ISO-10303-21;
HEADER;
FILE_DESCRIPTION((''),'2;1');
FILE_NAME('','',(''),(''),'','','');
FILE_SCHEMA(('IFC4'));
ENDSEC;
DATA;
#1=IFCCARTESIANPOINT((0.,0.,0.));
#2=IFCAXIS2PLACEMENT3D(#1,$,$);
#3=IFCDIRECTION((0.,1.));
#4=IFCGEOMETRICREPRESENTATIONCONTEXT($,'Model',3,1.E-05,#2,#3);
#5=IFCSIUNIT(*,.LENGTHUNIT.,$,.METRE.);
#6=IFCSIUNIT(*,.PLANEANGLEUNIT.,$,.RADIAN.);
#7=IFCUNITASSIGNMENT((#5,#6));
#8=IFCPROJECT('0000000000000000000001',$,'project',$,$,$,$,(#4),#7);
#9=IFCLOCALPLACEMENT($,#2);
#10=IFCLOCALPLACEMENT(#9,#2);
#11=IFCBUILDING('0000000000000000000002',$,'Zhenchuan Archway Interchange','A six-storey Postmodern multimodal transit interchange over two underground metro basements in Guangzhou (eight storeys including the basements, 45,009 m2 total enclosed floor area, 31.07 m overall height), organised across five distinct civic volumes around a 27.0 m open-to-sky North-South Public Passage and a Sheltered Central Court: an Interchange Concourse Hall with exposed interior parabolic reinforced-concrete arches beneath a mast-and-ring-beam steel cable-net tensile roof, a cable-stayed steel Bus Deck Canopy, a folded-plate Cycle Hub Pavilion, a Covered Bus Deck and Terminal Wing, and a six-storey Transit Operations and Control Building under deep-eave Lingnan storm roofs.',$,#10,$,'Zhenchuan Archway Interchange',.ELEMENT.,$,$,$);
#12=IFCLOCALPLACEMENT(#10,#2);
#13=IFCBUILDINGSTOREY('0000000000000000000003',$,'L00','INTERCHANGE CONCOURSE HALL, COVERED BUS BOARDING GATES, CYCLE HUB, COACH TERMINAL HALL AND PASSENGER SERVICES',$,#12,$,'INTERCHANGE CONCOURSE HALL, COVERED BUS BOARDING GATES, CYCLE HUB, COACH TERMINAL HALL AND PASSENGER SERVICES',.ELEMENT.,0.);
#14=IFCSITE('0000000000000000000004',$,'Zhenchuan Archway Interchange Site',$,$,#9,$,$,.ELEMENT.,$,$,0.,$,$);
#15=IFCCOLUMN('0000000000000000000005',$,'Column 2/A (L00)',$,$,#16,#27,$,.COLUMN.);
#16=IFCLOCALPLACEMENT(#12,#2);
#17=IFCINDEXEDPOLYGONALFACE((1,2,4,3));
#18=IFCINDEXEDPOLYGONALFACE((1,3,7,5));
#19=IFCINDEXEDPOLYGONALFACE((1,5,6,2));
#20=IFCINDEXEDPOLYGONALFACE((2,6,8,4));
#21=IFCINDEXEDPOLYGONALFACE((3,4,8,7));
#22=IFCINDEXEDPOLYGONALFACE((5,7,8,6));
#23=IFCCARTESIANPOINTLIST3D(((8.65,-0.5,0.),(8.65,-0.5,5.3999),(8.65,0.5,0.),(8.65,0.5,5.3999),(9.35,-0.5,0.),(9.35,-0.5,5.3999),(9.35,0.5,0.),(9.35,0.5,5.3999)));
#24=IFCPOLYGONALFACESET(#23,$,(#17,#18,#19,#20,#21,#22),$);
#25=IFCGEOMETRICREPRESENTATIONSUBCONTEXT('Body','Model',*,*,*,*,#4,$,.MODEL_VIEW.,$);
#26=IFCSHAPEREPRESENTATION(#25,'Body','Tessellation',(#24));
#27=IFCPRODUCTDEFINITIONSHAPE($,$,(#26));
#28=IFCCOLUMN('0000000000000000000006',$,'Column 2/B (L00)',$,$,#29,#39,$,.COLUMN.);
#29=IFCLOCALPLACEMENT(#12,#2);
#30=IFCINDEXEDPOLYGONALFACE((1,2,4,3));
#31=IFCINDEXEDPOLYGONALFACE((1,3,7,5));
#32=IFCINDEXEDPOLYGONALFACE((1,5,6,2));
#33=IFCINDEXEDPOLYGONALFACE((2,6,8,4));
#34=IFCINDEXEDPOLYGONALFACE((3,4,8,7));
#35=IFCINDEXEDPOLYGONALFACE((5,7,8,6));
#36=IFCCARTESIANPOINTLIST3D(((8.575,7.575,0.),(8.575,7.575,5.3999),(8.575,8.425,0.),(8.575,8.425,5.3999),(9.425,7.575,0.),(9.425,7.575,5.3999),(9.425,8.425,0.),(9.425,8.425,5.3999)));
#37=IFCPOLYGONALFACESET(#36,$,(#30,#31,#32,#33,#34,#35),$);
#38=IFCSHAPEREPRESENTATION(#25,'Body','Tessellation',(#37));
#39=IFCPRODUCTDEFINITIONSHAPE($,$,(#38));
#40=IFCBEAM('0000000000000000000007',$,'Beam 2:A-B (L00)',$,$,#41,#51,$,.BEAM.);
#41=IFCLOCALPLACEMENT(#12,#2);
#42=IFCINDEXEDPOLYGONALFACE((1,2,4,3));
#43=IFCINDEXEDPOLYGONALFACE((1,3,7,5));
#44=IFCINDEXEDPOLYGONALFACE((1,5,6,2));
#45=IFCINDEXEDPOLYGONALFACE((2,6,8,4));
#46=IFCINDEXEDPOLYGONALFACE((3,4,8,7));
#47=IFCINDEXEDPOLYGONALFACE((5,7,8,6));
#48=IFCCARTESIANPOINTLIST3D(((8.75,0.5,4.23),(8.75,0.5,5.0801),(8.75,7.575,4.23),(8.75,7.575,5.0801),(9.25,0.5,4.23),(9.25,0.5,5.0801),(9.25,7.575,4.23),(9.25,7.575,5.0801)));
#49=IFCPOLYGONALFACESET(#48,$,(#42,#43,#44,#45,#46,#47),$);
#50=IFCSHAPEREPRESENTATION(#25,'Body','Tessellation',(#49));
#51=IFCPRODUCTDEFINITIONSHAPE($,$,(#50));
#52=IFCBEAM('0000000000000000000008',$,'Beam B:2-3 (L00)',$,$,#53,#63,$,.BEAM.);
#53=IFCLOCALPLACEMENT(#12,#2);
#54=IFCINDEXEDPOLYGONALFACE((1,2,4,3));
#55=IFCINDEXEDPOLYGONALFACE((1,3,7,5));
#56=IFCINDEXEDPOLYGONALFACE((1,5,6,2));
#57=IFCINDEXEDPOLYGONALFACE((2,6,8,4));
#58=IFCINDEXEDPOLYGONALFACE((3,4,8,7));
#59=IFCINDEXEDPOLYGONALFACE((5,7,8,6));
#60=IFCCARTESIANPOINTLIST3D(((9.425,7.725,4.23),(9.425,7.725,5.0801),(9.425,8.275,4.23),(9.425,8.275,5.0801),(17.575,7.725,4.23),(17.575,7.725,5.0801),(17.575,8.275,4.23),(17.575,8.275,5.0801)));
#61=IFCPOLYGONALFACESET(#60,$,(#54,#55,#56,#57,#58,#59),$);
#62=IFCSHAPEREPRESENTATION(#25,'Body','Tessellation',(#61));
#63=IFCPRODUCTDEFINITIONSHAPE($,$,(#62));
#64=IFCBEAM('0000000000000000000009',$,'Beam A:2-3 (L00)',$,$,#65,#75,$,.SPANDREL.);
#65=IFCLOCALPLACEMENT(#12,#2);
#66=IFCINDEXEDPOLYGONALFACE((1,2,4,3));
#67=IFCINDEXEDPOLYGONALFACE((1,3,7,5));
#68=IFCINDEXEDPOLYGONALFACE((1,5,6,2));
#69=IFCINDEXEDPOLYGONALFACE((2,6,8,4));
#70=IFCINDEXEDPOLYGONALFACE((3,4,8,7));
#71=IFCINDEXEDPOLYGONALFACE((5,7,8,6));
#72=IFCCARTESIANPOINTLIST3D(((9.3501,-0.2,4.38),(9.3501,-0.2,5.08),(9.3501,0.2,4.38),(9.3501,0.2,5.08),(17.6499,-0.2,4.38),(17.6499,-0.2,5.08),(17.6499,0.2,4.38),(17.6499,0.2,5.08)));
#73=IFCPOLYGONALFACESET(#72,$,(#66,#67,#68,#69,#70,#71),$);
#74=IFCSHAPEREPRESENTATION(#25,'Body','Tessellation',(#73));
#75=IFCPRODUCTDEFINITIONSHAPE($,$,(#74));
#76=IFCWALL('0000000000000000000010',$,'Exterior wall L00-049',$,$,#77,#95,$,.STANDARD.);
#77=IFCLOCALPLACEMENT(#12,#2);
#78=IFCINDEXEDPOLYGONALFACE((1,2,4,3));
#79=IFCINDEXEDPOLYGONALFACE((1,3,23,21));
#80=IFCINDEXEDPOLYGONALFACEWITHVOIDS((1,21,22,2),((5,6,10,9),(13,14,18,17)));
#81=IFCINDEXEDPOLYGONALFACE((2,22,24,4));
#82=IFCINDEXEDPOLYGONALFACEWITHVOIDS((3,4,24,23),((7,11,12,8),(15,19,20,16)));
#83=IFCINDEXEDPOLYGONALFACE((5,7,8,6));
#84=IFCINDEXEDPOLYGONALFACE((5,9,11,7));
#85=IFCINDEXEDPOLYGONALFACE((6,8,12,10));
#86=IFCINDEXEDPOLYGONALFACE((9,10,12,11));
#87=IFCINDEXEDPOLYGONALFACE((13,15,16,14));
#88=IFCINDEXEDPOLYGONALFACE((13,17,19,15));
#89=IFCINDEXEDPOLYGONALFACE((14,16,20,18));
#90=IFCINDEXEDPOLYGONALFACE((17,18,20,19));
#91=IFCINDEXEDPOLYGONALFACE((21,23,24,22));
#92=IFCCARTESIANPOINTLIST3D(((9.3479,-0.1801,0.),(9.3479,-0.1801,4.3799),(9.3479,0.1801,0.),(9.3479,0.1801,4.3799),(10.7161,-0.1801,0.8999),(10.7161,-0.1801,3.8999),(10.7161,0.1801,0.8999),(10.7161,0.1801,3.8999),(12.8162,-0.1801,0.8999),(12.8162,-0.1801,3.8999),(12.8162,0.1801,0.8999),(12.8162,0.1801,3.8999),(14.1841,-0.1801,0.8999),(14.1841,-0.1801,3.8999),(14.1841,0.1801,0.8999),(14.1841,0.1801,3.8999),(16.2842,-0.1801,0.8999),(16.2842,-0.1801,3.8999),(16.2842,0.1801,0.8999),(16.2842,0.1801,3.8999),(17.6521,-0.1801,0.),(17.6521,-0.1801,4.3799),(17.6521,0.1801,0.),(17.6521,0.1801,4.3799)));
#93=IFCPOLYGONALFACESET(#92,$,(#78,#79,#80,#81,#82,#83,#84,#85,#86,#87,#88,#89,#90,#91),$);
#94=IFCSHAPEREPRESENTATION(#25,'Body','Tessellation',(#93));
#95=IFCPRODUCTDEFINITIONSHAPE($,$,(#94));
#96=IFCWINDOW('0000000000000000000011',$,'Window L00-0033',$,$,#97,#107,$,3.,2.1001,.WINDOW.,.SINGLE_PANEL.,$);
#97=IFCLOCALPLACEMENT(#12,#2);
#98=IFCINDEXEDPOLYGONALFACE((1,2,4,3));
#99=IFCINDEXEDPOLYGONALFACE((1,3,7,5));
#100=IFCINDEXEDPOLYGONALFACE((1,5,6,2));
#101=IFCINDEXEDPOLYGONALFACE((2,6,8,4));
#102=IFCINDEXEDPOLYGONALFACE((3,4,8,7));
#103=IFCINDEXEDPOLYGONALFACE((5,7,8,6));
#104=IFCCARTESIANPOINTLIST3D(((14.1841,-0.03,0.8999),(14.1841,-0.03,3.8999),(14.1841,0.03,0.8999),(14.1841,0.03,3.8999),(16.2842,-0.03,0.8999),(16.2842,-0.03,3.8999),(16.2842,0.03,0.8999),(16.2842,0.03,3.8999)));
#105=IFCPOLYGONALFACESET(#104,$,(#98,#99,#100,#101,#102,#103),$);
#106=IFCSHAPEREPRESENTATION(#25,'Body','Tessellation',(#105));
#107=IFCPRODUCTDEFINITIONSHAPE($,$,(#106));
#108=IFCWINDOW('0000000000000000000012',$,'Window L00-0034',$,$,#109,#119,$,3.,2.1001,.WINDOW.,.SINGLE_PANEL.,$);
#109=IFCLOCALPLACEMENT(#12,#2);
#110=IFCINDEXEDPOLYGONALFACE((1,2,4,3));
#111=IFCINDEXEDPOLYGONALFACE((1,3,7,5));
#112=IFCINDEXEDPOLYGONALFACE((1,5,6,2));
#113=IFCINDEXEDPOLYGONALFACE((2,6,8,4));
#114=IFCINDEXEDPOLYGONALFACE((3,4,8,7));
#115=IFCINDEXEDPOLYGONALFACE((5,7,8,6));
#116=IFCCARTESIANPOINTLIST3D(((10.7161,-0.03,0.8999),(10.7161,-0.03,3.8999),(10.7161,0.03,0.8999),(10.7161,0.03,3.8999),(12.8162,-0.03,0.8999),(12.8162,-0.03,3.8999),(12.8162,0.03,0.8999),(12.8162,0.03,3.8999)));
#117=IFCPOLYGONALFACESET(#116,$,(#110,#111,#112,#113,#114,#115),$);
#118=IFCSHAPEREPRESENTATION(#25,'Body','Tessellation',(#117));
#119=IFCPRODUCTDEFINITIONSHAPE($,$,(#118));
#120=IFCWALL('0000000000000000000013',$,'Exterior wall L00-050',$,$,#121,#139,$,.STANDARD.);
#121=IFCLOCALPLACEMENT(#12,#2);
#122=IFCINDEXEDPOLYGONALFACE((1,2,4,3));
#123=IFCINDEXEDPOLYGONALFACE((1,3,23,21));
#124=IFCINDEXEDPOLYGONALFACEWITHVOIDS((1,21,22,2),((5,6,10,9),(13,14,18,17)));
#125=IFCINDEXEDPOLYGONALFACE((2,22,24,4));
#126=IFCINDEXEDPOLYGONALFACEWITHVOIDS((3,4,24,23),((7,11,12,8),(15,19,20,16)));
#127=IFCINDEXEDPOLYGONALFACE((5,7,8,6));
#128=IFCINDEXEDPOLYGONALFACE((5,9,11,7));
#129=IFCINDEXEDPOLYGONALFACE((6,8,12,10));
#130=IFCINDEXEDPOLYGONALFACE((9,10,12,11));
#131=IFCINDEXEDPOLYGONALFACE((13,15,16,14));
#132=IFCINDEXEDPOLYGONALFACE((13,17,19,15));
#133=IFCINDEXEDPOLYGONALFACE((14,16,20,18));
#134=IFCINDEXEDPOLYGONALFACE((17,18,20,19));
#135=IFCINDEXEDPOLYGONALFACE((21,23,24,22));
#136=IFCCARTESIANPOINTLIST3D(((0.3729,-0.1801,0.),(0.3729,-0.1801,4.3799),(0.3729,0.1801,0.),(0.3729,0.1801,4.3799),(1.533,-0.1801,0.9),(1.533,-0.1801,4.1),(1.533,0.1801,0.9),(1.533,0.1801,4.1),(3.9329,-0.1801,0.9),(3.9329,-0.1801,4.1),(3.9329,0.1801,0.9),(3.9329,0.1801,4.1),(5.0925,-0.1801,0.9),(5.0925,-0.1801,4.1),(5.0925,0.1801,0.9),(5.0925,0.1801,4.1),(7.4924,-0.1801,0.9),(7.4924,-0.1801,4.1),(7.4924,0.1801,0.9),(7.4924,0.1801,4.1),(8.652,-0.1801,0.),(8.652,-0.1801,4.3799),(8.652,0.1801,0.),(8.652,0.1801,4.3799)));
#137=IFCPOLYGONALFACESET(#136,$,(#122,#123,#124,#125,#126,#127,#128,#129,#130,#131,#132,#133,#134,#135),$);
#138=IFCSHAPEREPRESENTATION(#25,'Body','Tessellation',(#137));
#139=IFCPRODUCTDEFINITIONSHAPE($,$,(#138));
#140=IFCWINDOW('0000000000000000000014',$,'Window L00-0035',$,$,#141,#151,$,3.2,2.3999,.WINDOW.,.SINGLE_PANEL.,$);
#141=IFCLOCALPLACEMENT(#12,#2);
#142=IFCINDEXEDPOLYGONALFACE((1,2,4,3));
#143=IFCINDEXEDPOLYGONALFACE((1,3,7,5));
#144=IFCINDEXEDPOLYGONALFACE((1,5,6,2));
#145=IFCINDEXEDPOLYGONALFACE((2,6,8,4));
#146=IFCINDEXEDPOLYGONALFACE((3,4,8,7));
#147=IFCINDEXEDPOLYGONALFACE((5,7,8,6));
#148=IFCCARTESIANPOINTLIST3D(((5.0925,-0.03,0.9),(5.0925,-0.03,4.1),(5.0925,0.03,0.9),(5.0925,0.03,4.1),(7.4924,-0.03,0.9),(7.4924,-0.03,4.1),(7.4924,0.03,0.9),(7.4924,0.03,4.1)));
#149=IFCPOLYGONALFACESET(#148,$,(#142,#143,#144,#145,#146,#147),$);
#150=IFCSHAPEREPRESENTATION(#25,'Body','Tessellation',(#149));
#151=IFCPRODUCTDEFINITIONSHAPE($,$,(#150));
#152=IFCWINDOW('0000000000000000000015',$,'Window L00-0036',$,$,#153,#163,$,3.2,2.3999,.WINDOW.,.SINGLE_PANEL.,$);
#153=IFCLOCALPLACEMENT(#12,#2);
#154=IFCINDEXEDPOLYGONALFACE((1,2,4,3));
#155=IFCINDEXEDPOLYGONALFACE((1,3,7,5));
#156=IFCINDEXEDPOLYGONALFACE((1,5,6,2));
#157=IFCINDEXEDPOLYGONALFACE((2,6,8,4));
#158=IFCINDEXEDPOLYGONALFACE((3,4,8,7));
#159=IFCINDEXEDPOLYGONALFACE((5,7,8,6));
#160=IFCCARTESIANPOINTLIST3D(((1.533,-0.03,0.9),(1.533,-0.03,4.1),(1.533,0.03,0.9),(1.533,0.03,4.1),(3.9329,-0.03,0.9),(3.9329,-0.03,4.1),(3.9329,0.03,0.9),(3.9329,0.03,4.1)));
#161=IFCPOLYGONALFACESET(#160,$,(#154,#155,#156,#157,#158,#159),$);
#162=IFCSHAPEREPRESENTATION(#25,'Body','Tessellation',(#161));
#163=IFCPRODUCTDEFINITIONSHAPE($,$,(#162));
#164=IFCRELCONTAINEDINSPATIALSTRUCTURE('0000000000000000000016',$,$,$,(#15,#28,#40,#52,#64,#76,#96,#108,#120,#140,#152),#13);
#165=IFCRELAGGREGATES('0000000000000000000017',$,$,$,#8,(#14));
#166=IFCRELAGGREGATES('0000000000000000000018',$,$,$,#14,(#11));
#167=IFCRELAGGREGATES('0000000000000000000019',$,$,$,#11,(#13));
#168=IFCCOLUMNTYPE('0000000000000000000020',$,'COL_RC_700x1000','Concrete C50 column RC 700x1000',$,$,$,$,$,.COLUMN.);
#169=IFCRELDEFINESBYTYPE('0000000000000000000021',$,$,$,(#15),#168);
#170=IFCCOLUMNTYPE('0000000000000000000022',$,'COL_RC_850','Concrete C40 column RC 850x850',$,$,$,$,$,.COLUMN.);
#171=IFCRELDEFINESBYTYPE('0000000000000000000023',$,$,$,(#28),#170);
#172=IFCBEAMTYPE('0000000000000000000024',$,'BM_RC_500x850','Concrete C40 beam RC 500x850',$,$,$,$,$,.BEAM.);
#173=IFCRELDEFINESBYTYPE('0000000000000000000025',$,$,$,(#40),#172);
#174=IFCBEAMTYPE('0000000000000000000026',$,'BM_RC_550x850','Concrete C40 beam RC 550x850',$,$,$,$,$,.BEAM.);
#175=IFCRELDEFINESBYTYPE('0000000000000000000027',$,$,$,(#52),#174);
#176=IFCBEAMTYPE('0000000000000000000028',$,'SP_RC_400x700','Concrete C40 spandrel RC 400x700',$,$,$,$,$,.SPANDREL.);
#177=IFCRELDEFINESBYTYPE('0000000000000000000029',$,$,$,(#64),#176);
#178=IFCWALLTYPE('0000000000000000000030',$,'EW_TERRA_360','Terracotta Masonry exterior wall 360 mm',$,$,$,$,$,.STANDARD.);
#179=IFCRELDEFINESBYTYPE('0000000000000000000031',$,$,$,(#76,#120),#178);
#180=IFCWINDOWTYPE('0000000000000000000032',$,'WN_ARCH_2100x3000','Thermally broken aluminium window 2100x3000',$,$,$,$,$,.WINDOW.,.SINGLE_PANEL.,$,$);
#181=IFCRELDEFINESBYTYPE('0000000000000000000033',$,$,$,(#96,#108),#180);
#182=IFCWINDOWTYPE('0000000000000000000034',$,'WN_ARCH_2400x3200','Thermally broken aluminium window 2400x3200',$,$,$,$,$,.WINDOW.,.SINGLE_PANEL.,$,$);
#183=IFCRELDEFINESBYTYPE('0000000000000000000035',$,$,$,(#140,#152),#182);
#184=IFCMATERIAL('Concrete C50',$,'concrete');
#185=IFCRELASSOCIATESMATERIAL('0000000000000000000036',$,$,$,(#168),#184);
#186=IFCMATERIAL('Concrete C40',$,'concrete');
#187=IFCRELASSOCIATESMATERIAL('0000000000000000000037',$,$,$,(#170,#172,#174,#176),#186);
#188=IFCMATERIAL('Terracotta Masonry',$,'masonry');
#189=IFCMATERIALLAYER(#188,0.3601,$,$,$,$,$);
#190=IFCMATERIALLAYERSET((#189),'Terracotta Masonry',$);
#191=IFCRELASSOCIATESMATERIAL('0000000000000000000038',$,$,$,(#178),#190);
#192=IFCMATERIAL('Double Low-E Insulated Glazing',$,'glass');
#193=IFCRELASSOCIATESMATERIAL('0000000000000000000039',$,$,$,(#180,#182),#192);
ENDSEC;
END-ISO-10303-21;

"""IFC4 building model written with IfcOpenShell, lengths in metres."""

from ifc_helpers import new_model, si_unit, direction, frame, frame_2d, origin, origin_2d, place, context, subcontext, project, spatial, rectangle, extrude, material, layer, layer_set, material_profile, profile_set, type_object, element, fill, save


model = new_model("IFC4")

# Units and contexts
model_context = context("Model", 3, precision=1e-05, world=origin(), true_north=direction((0.0, 1.0)))
body_context = subcontext(model_context, "Body", "Model", "MODEL_VIEW")
ifc_project = project(units=[si_unit("LENGTHUNIT", "METRE"), si_unit("PLANEANGLEUNIT", "RADIAN")], contexts=[model_context])

# Site, building, storey
site_placement = place(None, origin())
site = spatial("IfcSite", under=ifc_project, at=site_placement, Name="Zhenchuan Archway Interchange Site", CompositionType="ELEMENT", RefElevation=0.0)
building_placement = place(site_placement, origin())
building = spatial("IfcBuilding", under=site, at=building_placement, Name="Zhenchuan Archway Interchange", Description="A six-storey Postmodern multimodal transit interchange over two underground metro basements in Guangzhou (eight storeys including the basements, 45,009 m2 total enclosed floor area, 31.07 m overall height), organised across five distinct civic volumes around a 27.0 m open-to-sky North-South Public Passage and a Sheltered Central Court: an Interchange Concourse Hall with exposed interior parabolic reinforced-concrete arches beneath a mast-and-ring-beam steel cable-net tensile roof, a cable-stayed steel Bus Deck Canopy, a folded-plate Cycle Hub Pavilion, a Covered Bus Deck and Terminal Wing, and a six-storey Transit Operations and Control Building under deep-eave Lingnan storm roofs.", LongName="Zhenchuan Archway Interchange", CompositionType="ELEMENT")
storey_placement = place(building_placement, origin())
storey = spatial("IfcBuildingStorey", under=building, at=storey_placement, Name="L00", Description="INTERCHANGE CONCOURSE HALL, COVERED BUS BOARDING GATES, CYCLE HUB, COACH TERMINAL HALL AND PASSENGER SERVICES", LongName="INTERCHANGE CONCOURSE HALL, COVERED BUS BOARDING GATES, CYCLE HUB, COACH TERMINAL HALL AND PASSENGER SERVICES", CompositionType="ELEMENT", Elevation=0.0)

# Columns
ifc_material_1 = material(Name="Concrete C50", Category="concrete")
ifc_material_profile_1 = material_profile(ifc_material_1, rectangle(XDim=0.7, YDim=1.0, at=origin_2d()), Name="RC 700x1000")
ifc_profile_set_1 = profile_set([ifc_material_profile_1], Name="Concrete C50")
column_type_1 = type_object("IfcColumnType", Name="COL_RC_700x1000", Description="Concrete C50 column RC 700x1000", PredefinedType="COLUMN", material=ifc_profile_set_1)
column_1_placement = place(storey_placement, frame((9.0, 0.0, 0.0), z_axis=(0.0, 0.0, 1.0), x_axis=(1.0, 0.0, 0.0)))
element("IfcColumn", 1, at=column_1_placement, inside=storey, type_object=column_type_1, Name="Column 2/A (L00)", PredefinedType="COLUMN", context=body_context, shape_type="SweptSolid", body=[
    extrude(rectangle(XDim=0.7, YDim=1.0, at=origin_2d()), origin(), (0.0, 0.0, 1.0), 5.3999),
])
ifc_material_2 = material(Name="Concrete C40", Category="concrete")
ifc_material_profile_2 = material_profile(ifc_material_2, rectangle(XDim=0.8501, YDim=0.8501, at=origin_2d()), Name="RC 850x850")
ifc_profile_set_2 = profile_set([ifc_material_profile_2], Name="Concrete C40")
column_type_2 = type_object("IfcColumnType", Name="COL_RC_850", Description="Concrete C40 column RC 850x850", PredefinedType="COLUMN", material=ifc_profile_set_2)
column_2_placement = place(storey_placement, frame((9.0, 8.0, 0.0), z_axis=(0.0, 0.0, 1.0), x_axis=(1.0, 0.0, 0.0)))
element("IfcColumn", 2, at=column_2_placement, inside=storey, type_object=column_type_2, Name="Column 2/B (L00)", PredefinedType="COLUMN", context=body_context, shape_type="SweptSolid", body=[
    extrude(rectangle(XDim=0.8501, YDim=0.8501, at=origin_2d()), origin(), (0.0, 0.0, 1.0), 5.3999),
])

# Beams
ifc_material_profile_3 = material_profile(ifc_material_2, rectangle(XDim=0.5, YDim=0.8501, at=origin_2d()), Name="RC 500x850")
ifc_profile_set_3 = profile_set([ifc_material_profile_3], Name="Concrete C40")
beam_type_1 = type_object("IfcBeamType", Name="BM_RC_500x850", Description="Concrete C40 beam RC 500x850", PredefinedType="BEAM", material=ifc_profile_set_3)
beam_1_placement = place(storey_placement, frame((9.0, 0.5, 4.655), z_axis=(0.0, 1.0, 0.0), x_axis=(-1.0, 0.0, 0.0)))
element("IfcBeam", 3, at=beam_1_placement, inside=storey, type_object=beam_type_1, Name="Beam 2:A-B (L00)", PredefinedType="BEAM", context=body_context, shape_type="SweptSolid", body=[
    extrude(rectangle(XDim=0.5, YDim=0.8501, at=origin_2d()), origin(), (0.0, 0.0, 1.0), 7.075),
])
ifc_material_profile_4 = material_profile(ifc_material_2, rectangle(XDim=0.55, YDim=0.8501, at=origin_2d()), Name="RC 550x850")
ifc_profile_set_4 = profile_set([ifc_material_profile_4], Name="Concrete C40")
beam_type_2 = type_object("IfcBeamType", Name="BM_RC_550x850", Description="Concrete C40 beam RC 550x850", PredefinedType="BEAM", material=ifc_profile_set_4)
beam_2_placement = place(storey_placement, frame((9.425, 8.0, 4.655), z_axis=(1.0, 0.0, 0.0), x_axis=(0.0, 1.0, 0.0)))
element("IfcBeam", 4, at=beam_2_placement, inside=storey, type_object=beam_type_2, Name="Beam B:2-3 (L00)", PredefinedType="BEAM", context=body_context, shape_type="SweptSolid", body=[
    extrude(rectangle(XDim=0.55, YDim=0.8501, at=origin_2d()), origin(), (0.0, 0.0, 1.0), 8.1499),
])
ifc_material_profile_5 = material_profile(ifc_material_2, rectangle(XDim=0.3999, YDim=0.7, at=origin_2d()), Name="RC 400x700")
ifc_profile_set_5 = profile_set([ifc_material_profile_5], Name="Concrete C40")
beam_type_3 = type_object("IfcBeamType", Name="SP_RC_400x700", Description="Concrete C40 spandrel RC 400x700", PredefinedType="SPANDREL", material=ifc_profile_set_5)
beam_3_placement = place(storey_placement, frame((9.3501, 0.0, 4.73), z_axis=(1.0, 0.0, 0.0), x_axis=(0.0, 1.0, 0.0)))
element("IfcBeam", 5, at=beam_3_placement, inside=storey, type_object=beam_type_3, Name="Beam A:2-3 (L00)", PredefinedType="SPANDREL", context=body_context, shape_type="SweptSolid", body=[
    extrude(rectangle(XDim=0.3999, YDim=0.7, at=origin_2d()), origin(), (0.0, 0.0, 1.0), 8.2998),
])

# Walls, openings, windows
ifc_material_3 = material(Name="Terracotta Masonry", Category="masonry")
ifc_layer_1 = layer(ifc_material_3, 0.3601)
ifc_layer_set_1 = layer_set([ifc_layer_1], Name="Terracotta Masonry")
wall_type_1 = type_object("IfcWallType", Name="EW_TERRA_360", Description="Terracotta Masonry exterior wall 360 mm", PredefinedType="STANDARD", material=ifc_layer_set_1)
wall_1_placement = place(storey_placement, frame((17.6521, 0.0, 0.0), z_axis=(0.0, 0.0, 1.0), x_axis=(-1.0, 0.0, 0.0)))
wall_1 = element("IfcWall", 6, at=wall_1_placement, inside=storey, type_object=wall_type_1, Name="Exterior wall L00-049", PredefinedType="STANDARD", context=body_context, shape_type="SweptSolid", body=[
    extrude(rectangle(XDim=8.3042, YDim=0.3601, at=frame_2d((4.1521, 0.0))), origin(), (0.0, 0.0, 1.0), 4.3799),
])
opening_1_placement = place(wall_1_placement, frame((1.3679, 0.0, 0.8999)))
opening_1 = element("IfcOpeningElement", 7, at=opening_1_placement, cuts=wall_1, PredefinedType="OPENING", context=body_context, shape_type="SweptSolid", body=[
    extrude(rectangle(XDim=2.1001, YDim=3.0, at=frame_2d((1.05, 1.5))), frame((0.0, 0.1919, 0.0), z_axis=(0.0, -1.0, 0.0), x_axis=(1.0, 0.0, 0.0)), (0.0, 0.0, 1.0), 0.384),
])
opening_2_placement = place(wall_1_placement, frame((4.8359, 0.0, 0.8999)))
opening_2 = element("IfcOpeningElement", 8, at=opening_2_placement, cuts=wall_1, PredefinedType="OPENING", context=body_context, shape_type="SweptSolid", body=[
    extrude(rectangle(XDim=2.1001, YDim=3.0, at=frame_2d((1.05, 1.5))), frame((0.0, 0.1919, 0.0), z_axis=(0.0, -1.0, 0.0), x_axis=(1.0, 0.0, 0.0)), (0.0, 0.0, 1.0), 0.384),
])
ifc_material_4 = material(Name="Double Low-E Insulated Glazing", Category="glass")
window_type_1 = type_object("IfcWindowType", Name="WN_ARCH_2100x3000", Description="Thermally broken aluminium window 2100x3000", PartitioningType="SINGLE_PANEL", PredefinedType="WINDOW", material=ifc_material_4)
window_1_placement = place(opening_1_placement, origin())
window_1 = element("IfcWindow", 9, at=window_1_placement, inside=storey, type_object=window_type_1, Name="Window L00-0033", OverallHeight=3.0, OverallWidth=2.1001, PartitioningType="SINGLE_PANEL", PredefinedType="WINDOW", context=body_context, shape_type="SweptSolid", body=[
    extrude(rectangle(XDim=2.1001, YDim=3.0, at=frame_2d((1.05, 1.5))), frame((0.0, 0.03, 0.0), z_axis=(0.0, -1.0, 0.0), x_axis=(1.0, 0.0, 0.0)), (0.0, 0.0, 1.0), 0.0601),
])
fill(opening_1, window_1)
window_2_placement = place(opening_2_placement, origin())
window_2 = element("IfcWindow", 10, at=window_2_placement, inside=storey, type_object=window_type_1, Name="Window L00-0034", OverallHeight=3.0, OverallWidth=2.1001, PartitioningType="SINGLE_PANEL", PredefinedType="WINDOW", context=body_context, shape_type="SweptSolid", body=[
    extrude(rectangle(XDim=2.1001, YDim=3.0, at=frame_2d((1.05, 1.5))), frame((0.0, 0.03, 0.0), z_axis=(0.0, -1.0, 0.0), x_axis=(1.0, 0.0, 0.0)), (0.0, 0.0, 1.0), 0.0601),
])
fill(opening_2, window_2)
wall_2_placement = place(storey_placement, frame((8.6521, 0.0, 0.0), z_axis=(0.0, 0.0, 1.0), x_axis=(-1.0, 0.0, 0.0)))
wall_2 = element("IfcWall", 11, at=wall_2_placement, inside=storey, type_object=wall_type_1, Name="Exterior wall L00-050", PredefinedType="STANDARD", context=body_context, shape_type="SweptSolid", body=[
    extrude(rectangle(XDim=8.2791, YDim=0.3601, at=frame_2d((4.1396, 0.0))), origin(), (0.0, 0.0, 1.0), 4.3799),
])
opening_3_placement = place(wall_2_placement, frame((1.1597, 0.0, 0.8999)))
opening_3 = element("IfcOpeningElement", 12, at=opening_3_placement, cuts=wall_2, PredefinedType="OPENING", context=body_context, shape_type="SweptSolid", body=[
    extrude(rectangle(XDim=2.3999, YDim=3.2, at=frame_2d((1.2, 1.6001))), frame((0.0, 0.1919, 0.0), z_axis=(0.0, -1.0, 0.0), x_axis=(1.0, 0.0, 0.0)), (0.0, 0.0, 1.0), 0.384),
])
opening_4_placement = place(wall_2_placement, frame((4.7192, 0.0, 0.8999)))
opening_4 = element("IfcOpeningElement", 13, at=opening_4_placement, cuts=wall_2, PredefinedType="OPENING", context=body_context, shape_type="SweptSolid", body=[
    extrude(rectangle(XDim=2.3999, YDim=3.2, at=frame_2d((1.2, 1.6001))), frame((0.0, 0.1919, 0.0), z_axis=(0.0, -1.0, 0.0), x_axis=(1.0, 0.0, 0.0)), (0.0, 0.0, 1.0), 0.384),
])
window_type_2 = type_object("IfcWindowType", Name="WN_ARCH_2400x3200", Description="Thermally broken aluminium window 2400x3200", PartitioningType="SINGLE_PANEL", PredefinedType="WINDOW", material=ifc_material_4)
window_3_placement = place(opening_3_placement, origin())
window_3 = element("IfcWindow", 14, at=window_3_placement, inside=storey, type_object=window_type_2, Name="Window L00-0035", OverallHeight=3.2, OverallWidth=2.3999, PartitioningType="SINGLE_PANEL", PredefinedType="WINDOW", context=body_context, shape_type="SweptSolid", body=[
    extrude(rectangle(XDim=2.3999, YDim=3.2, at=frame_2d((1.2, 1.6001))), frame((0.0, 0.03, 0.0), z_axis=(0.0, -1.0, 0.0), x_axis=(1.0, 0.0, 0.0)), (0.0, 0.0, 1.0), 0.0601),
])
fill(opening_3, window_3)
window_4_placement = place(opening_4_placement, origin())
window_4 = element("IfcWindow", 15, at=window_4_placement, inside=storey, type_object=window_type_2, Name="Window L00-0036", OverallHeight=3.2, OverallWidth=2.3999, PartitioningType="SINGLE_PANEL", PredefinedType="WINDOW", context=body_context, shape_type="SweptSolid", body=[
    extrude(rectangle(XDim=2.3999, YDim=3.2, at=frame_2d((1.2, 1.6001))), frame((0.0, 0.03, 0.0), z_axis=(0.0, -1.0, 0.0), x_axis=(1.0, 0.0, 0.0)), (0.0, 0.0, 1.0), 0.0601),
])
fill(opening_4, window_4)

save(model, "model.ifc")
